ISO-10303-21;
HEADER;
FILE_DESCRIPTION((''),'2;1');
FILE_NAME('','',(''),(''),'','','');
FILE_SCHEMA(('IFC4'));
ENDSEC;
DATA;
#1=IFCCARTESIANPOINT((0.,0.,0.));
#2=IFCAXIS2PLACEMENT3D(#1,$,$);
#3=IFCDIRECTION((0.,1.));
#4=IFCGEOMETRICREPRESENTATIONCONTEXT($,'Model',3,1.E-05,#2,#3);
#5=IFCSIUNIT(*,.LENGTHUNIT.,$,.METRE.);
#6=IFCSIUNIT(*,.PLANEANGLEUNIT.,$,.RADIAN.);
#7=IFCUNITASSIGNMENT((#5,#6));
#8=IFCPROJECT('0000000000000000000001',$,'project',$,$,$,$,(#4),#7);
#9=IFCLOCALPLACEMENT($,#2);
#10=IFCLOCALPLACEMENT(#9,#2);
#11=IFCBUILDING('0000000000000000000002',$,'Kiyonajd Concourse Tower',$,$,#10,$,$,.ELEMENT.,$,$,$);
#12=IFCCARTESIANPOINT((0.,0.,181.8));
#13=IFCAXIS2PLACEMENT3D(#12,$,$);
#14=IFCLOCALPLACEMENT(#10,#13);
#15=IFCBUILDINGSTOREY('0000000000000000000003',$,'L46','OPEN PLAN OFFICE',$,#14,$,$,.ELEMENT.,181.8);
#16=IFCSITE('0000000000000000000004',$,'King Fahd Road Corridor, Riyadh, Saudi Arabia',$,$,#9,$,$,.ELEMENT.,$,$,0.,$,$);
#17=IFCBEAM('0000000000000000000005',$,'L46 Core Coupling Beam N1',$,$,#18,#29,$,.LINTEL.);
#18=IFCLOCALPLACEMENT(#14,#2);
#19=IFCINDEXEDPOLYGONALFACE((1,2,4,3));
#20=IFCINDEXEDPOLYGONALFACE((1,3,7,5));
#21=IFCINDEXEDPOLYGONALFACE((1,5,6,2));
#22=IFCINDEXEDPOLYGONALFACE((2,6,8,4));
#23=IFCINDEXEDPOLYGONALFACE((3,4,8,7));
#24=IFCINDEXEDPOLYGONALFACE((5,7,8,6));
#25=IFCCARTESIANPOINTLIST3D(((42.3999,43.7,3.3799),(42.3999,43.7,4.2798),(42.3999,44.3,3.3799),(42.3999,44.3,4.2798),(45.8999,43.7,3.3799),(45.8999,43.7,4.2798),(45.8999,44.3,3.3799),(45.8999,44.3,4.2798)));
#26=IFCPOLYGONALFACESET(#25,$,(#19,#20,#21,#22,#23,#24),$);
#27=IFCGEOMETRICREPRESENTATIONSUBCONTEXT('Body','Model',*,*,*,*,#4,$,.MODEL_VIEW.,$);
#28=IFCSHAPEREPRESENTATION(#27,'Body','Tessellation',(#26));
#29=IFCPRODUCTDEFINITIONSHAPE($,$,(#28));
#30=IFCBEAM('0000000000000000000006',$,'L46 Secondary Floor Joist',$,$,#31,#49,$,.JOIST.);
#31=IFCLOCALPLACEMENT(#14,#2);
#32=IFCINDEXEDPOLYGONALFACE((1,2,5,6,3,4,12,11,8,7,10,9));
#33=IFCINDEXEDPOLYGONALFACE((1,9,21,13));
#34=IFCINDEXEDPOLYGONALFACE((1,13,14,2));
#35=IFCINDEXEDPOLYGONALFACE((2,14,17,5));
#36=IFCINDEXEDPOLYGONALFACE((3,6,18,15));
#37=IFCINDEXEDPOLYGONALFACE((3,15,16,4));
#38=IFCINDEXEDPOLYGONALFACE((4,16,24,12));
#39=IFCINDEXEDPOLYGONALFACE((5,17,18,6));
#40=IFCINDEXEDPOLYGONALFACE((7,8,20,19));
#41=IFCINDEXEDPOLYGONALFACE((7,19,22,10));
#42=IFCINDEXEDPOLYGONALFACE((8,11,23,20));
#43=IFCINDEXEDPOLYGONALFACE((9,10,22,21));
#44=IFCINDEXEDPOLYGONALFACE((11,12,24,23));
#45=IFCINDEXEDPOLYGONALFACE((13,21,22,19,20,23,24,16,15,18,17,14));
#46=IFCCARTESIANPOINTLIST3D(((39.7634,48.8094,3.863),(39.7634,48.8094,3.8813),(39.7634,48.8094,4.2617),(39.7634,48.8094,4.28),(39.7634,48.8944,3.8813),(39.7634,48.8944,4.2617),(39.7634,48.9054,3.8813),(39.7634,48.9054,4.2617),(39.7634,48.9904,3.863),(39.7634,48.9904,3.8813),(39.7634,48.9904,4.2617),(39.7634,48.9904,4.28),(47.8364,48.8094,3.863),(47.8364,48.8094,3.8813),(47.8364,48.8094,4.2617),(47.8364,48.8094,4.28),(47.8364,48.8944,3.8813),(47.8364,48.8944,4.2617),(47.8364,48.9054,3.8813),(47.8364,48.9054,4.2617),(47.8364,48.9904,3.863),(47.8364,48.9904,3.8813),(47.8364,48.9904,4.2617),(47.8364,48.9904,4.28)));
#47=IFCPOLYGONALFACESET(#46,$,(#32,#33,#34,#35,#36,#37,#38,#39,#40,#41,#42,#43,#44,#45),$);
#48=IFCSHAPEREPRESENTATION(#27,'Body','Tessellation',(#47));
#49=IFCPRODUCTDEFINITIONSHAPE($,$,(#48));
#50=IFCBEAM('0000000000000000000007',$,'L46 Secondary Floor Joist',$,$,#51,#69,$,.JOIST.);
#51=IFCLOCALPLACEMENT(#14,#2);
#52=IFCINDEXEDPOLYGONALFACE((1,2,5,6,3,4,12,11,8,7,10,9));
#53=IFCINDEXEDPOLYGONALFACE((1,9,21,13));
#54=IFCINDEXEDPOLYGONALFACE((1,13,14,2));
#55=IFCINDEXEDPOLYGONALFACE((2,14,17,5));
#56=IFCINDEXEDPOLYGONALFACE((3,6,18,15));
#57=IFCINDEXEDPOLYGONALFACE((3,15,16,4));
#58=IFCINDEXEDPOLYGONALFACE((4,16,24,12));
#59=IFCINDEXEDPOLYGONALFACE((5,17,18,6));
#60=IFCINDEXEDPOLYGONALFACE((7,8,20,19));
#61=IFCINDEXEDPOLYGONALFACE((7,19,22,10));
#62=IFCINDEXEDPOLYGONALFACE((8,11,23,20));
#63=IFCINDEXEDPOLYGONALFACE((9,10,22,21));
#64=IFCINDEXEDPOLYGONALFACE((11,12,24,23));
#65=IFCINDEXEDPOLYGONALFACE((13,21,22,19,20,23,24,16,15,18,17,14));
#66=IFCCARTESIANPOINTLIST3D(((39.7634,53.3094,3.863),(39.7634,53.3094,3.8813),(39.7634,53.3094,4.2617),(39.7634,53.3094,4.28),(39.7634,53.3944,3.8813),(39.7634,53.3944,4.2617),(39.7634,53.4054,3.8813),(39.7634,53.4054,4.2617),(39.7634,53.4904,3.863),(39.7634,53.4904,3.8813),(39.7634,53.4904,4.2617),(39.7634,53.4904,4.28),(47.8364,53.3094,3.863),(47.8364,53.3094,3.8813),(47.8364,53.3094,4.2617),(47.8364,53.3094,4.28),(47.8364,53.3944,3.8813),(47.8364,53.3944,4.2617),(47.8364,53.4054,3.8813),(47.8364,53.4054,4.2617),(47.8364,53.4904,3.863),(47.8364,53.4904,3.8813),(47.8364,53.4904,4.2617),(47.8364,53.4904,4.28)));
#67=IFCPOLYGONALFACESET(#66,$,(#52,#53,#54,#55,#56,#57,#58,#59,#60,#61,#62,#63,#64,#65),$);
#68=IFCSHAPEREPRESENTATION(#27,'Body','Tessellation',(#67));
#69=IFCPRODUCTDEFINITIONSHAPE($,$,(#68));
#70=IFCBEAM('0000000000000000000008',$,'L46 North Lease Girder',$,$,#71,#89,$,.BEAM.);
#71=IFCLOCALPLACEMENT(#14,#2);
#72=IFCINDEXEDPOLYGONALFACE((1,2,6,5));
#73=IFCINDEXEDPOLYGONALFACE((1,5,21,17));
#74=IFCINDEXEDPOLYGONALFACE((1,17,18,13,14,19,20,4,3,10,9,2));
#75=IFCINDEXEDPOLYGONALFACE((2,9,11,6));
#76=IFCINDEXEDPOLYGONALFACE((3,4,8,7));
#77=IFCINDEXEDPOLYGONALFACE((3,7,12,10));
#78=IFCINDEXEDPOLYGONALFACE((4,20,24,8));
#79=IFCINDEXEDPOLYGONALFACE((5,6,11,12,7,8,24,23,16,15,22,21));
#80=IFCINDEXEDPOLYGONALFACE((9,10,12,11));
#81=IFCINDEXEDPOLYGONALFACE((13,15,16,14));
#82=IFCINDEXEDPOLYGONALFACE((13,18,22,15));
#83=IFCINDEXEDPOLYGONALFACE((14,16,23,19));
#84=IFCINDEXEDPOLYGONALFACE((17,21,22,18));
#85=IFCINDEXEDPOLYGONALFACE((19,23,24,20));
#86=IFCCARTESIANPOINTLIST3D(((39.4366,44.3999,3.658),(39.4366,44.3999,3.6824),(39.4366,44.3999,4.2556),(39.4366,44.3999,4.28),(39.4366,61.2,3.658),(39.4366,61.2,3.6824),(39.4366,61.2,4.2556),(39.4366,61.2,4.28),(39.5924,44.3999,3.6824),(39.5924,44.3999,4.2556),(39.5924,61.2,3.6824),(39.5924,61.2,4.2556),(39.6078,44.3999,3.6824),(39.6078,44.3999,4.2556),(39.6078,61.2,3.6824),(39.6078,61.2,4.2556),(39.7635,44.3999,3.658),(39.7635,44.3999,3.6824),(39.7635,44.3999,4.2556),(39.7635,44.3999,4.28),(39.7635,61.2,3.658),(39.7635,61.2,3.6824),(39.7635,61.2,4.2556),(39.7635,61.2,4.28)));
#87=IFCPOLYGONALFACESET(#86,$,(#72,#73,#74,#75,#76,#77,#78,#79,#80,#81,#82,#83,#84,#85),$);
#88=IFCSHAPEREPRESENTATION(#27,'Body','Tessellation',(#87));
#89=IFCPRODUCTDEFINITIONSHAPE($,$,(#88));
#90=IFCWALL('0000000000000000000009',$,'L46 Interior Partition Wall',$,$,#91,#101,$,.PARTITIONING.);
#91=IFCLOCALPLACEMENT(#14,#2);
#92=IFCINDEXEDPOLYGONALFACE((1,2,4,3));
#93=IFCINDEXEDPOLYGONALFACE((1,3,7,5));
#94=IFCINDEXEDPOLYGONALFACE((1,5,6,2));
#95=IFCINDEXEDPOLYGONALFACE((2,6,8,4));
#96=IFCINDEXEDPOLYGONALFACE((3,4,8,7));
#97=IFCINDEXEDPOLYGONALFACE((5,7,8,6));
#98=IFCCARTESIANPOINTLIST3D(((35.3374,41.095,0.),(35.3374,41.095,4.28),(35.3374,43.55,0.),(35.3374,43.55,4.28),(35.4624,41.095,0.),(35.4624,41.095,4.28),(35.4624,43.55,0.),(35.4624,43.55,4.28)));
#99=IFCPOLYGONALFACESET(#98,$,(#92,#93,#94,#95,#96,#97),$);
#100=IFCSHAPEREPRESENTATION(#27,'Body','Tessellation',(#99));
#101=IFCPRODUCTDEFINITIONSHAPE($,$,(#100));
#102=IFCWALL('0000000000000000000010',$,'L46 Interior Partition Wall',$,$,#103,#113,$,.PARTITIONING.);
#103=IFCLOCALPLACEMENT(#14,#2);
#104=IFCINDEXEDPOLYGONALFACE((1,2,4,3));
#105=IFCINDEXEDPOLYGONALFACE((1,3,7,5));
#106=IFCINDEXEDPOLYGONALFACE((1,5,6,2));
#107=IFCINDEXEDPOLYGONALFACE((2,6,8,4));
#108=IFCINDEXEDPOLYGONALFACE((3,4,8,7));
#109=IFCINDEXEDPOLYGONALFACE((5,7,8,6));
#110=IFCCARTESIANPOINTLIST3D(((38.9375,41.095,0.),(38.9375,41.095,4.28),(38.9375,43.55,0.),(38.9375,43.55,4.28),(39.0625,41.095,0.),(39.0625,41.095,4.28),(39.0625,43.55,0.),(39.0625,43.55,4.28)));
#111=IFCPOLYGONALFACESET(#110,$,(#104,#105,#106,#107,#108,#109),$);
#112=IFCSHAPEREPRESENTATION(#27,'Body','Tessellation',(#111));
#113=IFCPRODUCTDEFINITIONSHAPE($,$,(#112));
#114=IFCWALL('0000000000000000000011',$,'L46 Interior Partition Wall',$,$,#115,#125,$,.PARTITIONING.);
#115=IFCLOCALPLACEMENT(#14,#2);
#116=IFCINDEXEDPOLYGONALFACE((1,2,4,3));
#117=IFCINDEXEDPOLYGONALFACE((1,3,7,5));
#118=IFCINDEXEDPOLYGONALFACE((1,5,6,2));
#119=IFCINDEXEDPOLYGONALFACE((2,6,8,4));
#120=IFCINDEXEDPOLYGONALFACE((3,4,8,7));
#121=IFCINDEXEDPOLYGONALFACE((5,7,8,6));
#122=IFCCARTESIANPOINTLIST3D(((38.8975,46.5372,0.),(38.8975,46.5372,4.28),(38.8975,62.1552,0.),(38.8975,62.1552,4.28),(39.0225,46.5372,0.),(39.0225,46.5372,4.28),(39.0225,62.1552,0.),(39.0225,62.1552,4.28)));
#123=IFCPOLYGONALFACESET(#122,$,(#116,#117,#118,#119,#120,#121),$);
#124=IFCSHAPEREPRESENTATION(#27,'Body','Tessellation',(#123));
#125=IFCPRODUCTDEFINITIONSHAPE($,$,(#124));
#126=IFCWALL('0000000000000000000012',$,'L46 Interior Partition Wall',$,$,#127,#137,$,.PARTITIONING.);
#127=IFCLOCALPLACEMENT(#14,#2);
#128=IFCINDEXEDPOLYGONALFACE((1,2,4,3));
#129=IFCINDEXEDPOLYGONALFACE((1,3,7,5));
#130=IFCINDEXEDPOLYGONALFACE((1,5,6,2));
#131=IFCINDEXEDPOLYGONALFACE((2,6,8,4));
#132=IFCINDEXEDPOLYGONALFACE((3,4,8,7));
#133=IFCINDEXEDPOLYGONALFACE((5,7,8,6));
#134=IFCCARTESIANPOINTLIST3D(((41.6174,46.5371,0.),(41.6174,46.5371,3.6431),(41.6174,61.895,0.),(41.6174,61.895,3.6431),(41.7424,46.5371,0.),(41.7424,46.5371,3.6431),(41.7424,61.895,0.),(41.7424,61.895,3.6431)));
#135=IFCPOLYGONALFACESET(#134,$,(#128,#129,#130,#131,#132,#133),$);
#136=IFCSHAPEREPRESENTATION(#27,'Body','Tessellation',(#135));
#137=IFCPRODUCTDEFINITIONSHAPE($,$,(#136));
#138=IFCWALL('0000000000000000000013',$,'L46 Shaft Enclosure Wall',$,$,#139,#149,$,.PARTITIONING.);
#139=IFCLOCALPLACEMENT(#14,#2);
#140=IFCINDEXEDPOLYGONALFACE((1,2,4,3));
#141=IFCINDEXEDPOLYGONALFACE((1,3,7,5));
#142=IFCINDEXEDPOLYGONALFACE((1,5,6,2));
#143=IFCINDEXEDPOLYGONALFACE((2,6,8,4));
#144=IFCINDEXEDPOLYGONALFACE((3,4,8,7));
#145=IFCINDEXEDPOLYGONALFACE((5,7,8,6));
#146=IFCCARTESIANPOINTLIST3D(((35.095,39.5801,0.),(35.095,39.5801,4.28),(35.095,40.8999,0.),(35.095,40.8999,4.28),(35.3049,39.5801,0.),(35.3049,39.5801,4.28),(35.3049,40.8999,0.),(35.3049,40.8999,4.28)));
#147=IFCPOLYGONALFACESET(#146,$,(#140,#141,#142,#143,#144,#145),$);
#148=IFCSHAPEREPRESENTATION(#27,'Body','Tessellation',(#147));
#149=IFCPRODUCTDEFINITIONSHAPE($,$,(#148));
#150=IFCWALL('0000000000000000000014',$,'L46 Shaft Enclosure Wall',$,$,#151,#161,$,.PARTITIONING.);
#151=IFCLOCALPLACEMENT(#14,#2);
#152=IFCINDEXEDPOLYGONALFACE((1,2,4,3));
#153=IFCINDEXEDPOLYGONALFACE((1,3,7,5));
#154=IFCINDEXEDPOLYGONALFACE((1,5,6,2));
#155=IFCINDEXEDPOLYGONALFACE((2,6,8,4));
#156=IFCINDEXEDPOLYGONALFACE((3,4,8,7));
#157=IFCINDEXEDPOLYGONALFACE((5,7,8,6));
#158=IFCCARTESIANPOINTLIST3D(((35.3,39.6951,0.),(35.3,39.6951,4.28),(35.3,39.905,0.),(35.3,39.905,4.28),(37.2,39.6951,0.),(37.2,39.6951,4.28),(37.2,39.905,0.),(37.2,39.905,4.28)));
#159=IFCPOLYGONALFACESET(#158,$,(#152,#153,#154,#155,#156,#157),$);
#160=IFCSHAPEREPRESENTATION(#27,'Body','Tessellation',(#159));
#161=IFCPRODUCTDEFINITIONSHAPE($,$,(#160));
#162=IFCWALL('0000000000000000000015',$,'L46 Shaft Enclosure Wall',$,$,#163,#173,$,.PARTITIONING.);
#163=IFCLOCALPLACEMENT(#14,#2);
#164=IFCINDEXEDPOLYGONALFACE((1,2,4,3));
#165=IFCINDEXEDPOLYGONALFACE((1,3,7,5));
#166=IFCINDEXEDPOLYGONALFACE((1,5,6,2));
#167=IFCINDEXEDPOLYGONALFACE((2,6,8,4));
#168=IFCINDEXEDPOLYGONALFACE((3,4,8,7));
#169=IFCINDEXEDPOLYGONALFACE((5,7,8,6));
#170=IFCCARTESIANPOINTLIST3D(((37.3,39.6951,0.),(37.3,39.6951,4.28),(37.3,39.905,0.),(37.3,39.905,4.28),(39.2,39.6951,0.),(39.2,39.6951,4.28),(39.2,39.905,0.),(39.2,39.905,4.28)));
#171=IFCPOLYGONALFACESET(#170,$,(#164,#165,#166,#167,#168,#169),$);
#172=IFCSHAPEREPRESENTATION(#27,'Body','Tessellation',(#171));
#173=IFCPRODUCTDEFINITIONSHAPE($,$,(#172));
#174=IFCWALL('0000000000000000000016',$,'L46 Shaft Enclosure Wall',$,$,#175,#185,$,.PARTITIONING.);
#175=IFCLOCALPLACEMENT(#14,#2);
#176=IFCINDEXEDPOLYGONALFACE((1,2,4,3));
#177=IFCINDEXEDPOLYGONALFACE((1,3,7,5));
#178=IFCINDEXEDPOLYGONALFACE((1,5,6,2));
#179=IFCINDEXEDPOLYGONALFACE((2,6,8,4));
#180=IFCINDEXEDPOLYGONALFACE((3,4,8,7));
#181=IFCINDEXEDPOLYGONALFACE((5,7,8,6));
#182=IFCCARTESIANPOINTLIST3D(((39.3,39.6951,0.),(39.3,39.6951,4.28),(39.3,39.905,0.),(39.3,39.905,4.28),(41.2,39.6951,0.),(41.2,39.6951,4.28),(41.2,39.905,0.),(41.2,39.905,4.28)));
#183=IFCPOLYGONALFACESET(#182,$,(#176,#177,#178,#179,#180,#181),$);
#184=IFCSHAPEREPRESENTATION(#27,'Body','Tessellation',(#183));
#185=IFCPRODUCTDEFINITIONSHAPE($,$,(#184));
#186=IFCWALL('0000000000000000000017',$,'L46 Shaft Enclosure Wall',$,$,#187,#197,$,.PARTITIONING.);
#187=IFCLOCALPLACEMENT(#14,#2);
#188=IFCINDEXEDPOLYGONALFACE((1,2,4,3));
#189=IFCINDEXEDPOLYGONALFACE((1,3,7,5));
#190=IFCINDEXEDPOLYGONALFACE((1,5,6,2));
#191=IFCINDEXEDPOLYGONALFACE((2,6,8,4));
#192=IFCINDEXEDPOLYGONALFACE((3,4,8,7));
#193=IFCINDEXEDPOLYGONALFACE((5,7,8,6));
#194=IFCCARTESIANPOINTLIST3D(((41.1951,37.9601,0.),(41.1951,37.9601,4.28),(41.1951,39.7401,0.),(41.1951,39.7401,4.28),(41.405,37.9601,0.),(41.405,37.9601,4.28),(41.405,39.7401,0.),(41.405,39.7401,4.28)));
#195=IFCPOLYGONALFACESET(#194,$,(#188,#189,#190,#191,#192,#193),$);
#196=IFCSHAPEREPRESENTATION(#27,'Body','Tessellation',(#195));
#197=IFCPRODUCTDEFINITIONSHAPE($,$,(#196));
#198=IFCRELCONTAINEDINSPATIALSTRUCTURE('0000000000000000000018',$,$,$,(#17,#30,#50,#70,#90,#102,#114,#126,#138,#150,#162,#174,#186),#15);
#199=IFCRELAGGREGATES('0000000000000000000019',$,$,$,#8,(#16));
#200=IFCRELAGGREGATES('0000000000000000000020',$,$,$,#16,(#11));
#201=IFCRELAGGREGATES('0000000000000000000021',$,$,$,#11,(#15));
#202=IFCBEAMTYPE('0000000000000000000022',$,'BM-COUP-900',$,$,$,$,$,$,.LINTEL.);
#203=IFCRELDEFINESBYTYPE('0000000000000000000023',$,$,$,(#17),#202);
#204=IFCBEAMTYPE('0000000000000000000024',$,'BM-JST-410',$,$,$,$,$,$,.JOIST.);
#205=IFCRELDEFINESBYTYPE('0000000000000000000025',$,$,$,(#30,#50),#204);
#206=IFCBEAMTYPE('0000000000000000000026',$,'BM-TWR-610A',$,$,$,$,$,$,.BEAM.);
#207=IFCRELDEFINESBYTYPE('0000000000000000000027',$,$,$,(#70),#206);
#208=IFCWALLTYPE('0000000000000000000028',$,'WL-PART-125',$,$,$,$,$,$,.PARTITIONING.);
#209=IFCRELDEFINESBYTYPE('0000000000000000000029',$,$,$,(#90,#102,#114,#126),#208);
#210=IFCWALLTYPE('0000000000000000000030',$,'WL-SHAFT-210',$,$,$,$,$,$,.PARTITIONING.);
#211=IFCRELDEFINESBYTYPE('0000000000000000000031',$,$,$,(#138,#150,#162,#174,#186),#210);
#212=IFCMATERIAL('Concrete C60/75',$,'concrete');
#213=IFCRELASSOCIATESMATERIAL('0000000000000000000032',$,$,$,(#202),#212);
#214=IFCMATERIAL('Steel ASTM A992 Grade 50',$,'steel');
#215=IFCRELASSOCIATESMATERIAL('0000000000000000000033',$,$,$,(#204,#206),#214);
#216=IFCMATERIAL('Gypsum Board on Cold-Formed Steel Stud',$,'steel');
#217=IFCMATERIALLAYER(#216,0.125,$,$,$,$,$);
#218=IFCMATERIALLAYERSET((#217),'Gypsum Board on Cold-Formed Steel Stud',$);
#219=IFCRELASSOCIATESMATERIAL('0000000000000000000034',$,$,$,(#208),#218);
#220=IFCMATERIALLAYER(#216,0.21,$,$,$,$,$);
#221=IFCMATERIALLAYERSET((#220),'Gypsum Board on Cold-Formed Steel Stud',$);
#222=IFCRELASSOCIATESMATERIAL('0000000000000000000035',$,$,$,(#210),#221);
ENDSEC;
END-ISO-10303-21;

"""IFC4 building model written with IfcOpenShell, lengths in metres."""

from ifc_helpers import new_model, si_unit, direction, frame, frame_2d, origin, origin_2d, place, context, subcontext, project, spatial, rectangle, i_section, extrude, material, layer, layer_set, material_profile, profile_set, type_object, element, save


model = new_model("IFC4")

# Units and contexts
model_context = context("Model", 3, precision=1e-05, world=origin(), true_north=direction((0.0, 1.0)))
body_context = subcontext(model_context, "Body", "Model", "MODEL_VIEW")
ifc_project = project(units=[si_unit("LENGTHUNIT", "METRE"), si_unit("PLANEANGLEUNIT", "RADIAN")], contexts=[model_context])

# Site, building, storey
site_placement = place(None, origin())
site = spatial("IfcSite", under=ifc_project, at=site_placement, Name="King Fahd Road Corridor, Riyadh, Saudi Arabia", CompositionType="ELEMENT", RefElevation=0.0)
building_placement = place(site_placement, origin())
building = spatial("IfcBuilding", under=site, at=building_placement, Name="Kiyonajd Concourse Tower", CompositionType="ELEMENT")
storey_placement = place(building_placement, frame((0.0, 0.0, 181.8)))
storey = spatial("IfcBuildingStorey", under=building, at=storey_placement, Name="L46", Description="OPEN PLAN OFFICE", CompositionType="ELEMENT", Elevation=181.8)

# Beams
ifc_material_1 = material(Name="Concrete C60/75", Category="concrete")
ifc_material_profile_1 = material_profile(ifc_material_1, rectangle(XDim=0.6001, YDim=0.8999, at=origin_2d()), Name="RCBM-600x900")
ifc_profile_set_1 = profile_set([ifc_material_profile_1], Name="Concrete C60/75")
beam_type_1 = type_object("IfcBeamType", Name="BM-COUP-900", PredefinedType="LINTEL", material=ifc_profile_set_1)
beam_1_placement = place(storey_placement, frame((42.3999, 44.0, 3.8298), z_axis=(1.0, 0.0, 0.0), x_axis=(0.0, 1.0, 0.0)))
element("IfcBeam", 1, at=beam_1_placement, inside=storey, type_object=beam_type_1, Name="L46 Core Coupling Beam N1", PredefinedType="LINTEL", context=body_context, shape_type="SweptSolid", body=[
    extrude(rectangle(XDim=0.6001, YDim=0.8999, at=origin_2d()), origin(), (0.0, 0.0, 1.0), 3.5),
])
ifc_material_2 = material(Name="Steel ASTM A992 Grade 50", Category="steel")
ifc_material_profile_2 = material_profile(ifc_material_2, i_section(OverallWidth=0.1809, OverallDepth=0.417, WebThickness=0.011, FlangeThickness=0.0183, at=origin_2d()), Name="W410X85")
ifc_profile_set_2 = profile_set([ifc_material_profile_2], Name="Steel ASTM A992 Grade 50")
beam_type_2 = type_object("IfcBeamType", Name="BM-JST-410", PredefinedType="JOIST", material=ifc_profile_set_2)
for number, where, z_axis, x_axis, name in (
    (2, (39.7634, 48.8999, 4.0715), (1.0, 0.0, 0.0), (0.0, 1.0, 0.0), "L46 Secondary Floor Joist"),
    (3, (39.7634, 53.3999, 4.0715), (1.0, 0.0, 0.0), (0.0, 1.0, 0.0), "L46 Secondary Floor Joist"),
):
    element("IfcBeam", number, at=place(storey_placement, frame(where, z_axis=z_axis, x_axis=x_axis)), inside=storey, type_object=beam_type_2, Name=name, PredefinedType="JOIST", context=body_context, shape_type="SweptSolid", body=[
        extrude(i_section(OverallWidth=0.1809, OverallDepth=0.417, WebThickness=0.011, FlangeThickness=0.0183, at=origin_2d()), origin(), (0.0, 0.0, 1.0), 8.073),
    ])
ifc_material_profile_3 = material_profile(ifc_material_2, i_section(OverallWidth=0.3269, OverallDepth=0.6221, WebThickness=0.0154, FlangeThickness=0.0244, at=origin_2d()), Name="W610X195")
ifc_profile_set_3 = profile_set([ifc_material_profile_3], Name="Steel ASTM A992 Grade 50")
beam_type_3 = type_object("IfcBeamType", Name="BM-TWR-610A", PredefinedType="BEAM", material=ifc_profile_set_3)
beam_2_placement = place(storey_placement, frame((39.6001, 44.3999, 3.969), z_axis=(0.0, 1.0, 0.0), x_axis=(-1.0, 0.0, 0.0)))
element("IfcBeam", 4, at=beam_2_placement, inside=storey, type_object=beam_type_3, Name="L46 North Lease Girder", PredefinedType="BEAM", context=body_context, shape_type="SweptSolid", body=[
    extrude(i_section(OverallWidth=0.3269, OverallDepth=0.6221, WebThickness=0.0154, FlangeThickness=0.0244, at=origin_2d()), origin(), (0.0, 0.0, 1.0), 16.8),
])

# Walls
ifc_material_3 = material(Name="Gypsum Board on Cold-Formed Steel Stud", Category="steel")
ifc_layer_1 = layer(ifc_material_3, 0.125)
ifc_layer_set_1 = layer_set([ifc_layer_1], Name="Gypsum Board on Cold-Formed Steel Stud")
wall_type_1 = type_object("IfcWallType", Name="WL-PART-125", PredefinedType="PARTITIONING", material=ifc_layer_set_1)
for number, where, z_axis, x_axis, name in (
    (5, (35.3999, 41.095, 0.0), (0.0, 0.0, 1.0), (0.0, 1.0, 0.0), "L46 Interior Partition Wall"),
    (6, (39.0, 41.095, 0.0), (0.0, 0.0, 1.0), (0.0, 1.0, 0.0), "L46 Interior Partition Wall"),
):
    element("IfcWall", number, at=place(storey_placement, frame(where, z_axis=z_axis, x_axis=x_axis)), inside=storey, type_object=wall_type_1, Name=name, PredefinedType="PARTITIONING", context=body_context, shape_type="SweptSolid", body=[
        extrude(rectangle(XDim=2.4551, YDim=0.125, at=frame_2d((1.2275, 0.0))), origin(), (0.0, 0.0, 1.0), 4.28),
    ])
wall_1_placement = place(storey_placement, frame((38.96, 46.5371, 0.0), z_axis=(0.0, 0.0, 1.0), x_axis=(0.0, 1.0, 0.0)))
element("IfcWall", 7, at=wall_1_placement, inside=storey, type_object=wall_type_1, Name="L46 Interior Partition Wall", PredefinedType="PARTITIONING", context=body_context, shape_type="SweptSolid", body=[
    extrude(rectangle(XDim=15.6179, YDim=0.125, at=frame_2d((7.8091, 0.0))), origin(), (0.0, 0.0, 1.0), 4.28),
])
wall_2_placement = place(storey_placement, frame((41.6799, 46.5371, 0.0), z_axis=(0.0, 0.0, 1.0), x_axis=(0.0, 1.0, 0.0)))
element("IfcWall", 8, at=wall_2_placement, inside=storey, type_object=wall_type_1, Name="L46 Interior Partition Wall", PredefinedType="PARTITIONING", context=body_context, shape_type="SweptSolid", body=[
    extrude(rectangle(XDim=15.3579, YDim=0.125, at=frame_2d((7.679, 0.0))), origin(), (0.0, 0.0, 1.0), 3.6431),
])
ifc_layer_2 = layer(ifc_material_3, 0.21)
ifc_layer_set_2 = layer_set([ifc_layer_2], Name="Gypsum Board on Cold-Formed Steel Stud")
wall_type_2 = type_object("IfcWallType", Name="WL-SHAFT-210", PredefinedType="PARTITIONING", material=ifc_layer_set_2)
wall_3_placement = place(storey_placement, frame((35.2, 39.5801, 0.0), z_axis=(0.0, 0.0, 1.0), x_axis=(0.0, 1.0, 0.0)))
element("IfcWall", 9, at=wall_3_placement, inside=storey, type_object=wall_type_2, Name="L46 Shaft Enclosure Wall", PredefinedType="PARTITIONING", context=body_context, shape_type="SweptSolid", body=[
    extrude(rectangle(XDim=1.3198, YDim=0.21, at=frame_2d((0.6599, 0.0))), origin(), (0.0, 0.0, 1.0), 4.28),
])
for number, where, z_axis, x_axis, name in (
    (10, (35.3, 39.8, 0.0), (0.0, 0.0, 1.0), (1.0, 0.0, 0.0), "L46 Shaft Enclosure Wall"),
    (11, (37.3, 39.8, 0.0), (0.0, 0.0, 1.0), (1.0, 0.0, 0.0), "L46 Shaft Enclosure Wall"),
    (12, (39.3, 39.8, 0.0), (0.0, 0.0, 1.0), (1.0, 0.0, 0.0), "L46 Shaft Enclosure Wall"),
):
    element("IfcWall", number, at=place(storey_placement, frame(where, z_axis=z_axis, x_axis=x_axis)), inside=storey, type_object=wall_type_2, Name=name, PredefinedType="PARTITIONING", context=body_context, shape_type="SweptSolid", body=[
        extrude(rectangle(XDim=1.8999, YDim=0.21, at=frame_2d((0.95, 0.0))), origin(), (0.0, 0.0, 1.0), 4.28),
    ])
wall_4_placement = place(storey_placement, frame((41.3, 37.96, 0.0), z_axis=(0.0, 0.0, 1.0), x_axis=(0.0, 1.0, 0.0)))
element("IfcWall", 13, at=wall_4_placement, inside=storey, type_object=wall_type_2, Name="L46 Shaft Enclosure Wall", PredefinedType="PARTITIONING", context=body_context, shape_type="SweptSolid", body=[
    extrude(rectangle(XDim=1.78, YDim=0.21, at=frame_2d((0.8901, 0.0))), origin(), (0.0, 0.0, 1.0), 4.28),
])

save(model, "model.ifc")
